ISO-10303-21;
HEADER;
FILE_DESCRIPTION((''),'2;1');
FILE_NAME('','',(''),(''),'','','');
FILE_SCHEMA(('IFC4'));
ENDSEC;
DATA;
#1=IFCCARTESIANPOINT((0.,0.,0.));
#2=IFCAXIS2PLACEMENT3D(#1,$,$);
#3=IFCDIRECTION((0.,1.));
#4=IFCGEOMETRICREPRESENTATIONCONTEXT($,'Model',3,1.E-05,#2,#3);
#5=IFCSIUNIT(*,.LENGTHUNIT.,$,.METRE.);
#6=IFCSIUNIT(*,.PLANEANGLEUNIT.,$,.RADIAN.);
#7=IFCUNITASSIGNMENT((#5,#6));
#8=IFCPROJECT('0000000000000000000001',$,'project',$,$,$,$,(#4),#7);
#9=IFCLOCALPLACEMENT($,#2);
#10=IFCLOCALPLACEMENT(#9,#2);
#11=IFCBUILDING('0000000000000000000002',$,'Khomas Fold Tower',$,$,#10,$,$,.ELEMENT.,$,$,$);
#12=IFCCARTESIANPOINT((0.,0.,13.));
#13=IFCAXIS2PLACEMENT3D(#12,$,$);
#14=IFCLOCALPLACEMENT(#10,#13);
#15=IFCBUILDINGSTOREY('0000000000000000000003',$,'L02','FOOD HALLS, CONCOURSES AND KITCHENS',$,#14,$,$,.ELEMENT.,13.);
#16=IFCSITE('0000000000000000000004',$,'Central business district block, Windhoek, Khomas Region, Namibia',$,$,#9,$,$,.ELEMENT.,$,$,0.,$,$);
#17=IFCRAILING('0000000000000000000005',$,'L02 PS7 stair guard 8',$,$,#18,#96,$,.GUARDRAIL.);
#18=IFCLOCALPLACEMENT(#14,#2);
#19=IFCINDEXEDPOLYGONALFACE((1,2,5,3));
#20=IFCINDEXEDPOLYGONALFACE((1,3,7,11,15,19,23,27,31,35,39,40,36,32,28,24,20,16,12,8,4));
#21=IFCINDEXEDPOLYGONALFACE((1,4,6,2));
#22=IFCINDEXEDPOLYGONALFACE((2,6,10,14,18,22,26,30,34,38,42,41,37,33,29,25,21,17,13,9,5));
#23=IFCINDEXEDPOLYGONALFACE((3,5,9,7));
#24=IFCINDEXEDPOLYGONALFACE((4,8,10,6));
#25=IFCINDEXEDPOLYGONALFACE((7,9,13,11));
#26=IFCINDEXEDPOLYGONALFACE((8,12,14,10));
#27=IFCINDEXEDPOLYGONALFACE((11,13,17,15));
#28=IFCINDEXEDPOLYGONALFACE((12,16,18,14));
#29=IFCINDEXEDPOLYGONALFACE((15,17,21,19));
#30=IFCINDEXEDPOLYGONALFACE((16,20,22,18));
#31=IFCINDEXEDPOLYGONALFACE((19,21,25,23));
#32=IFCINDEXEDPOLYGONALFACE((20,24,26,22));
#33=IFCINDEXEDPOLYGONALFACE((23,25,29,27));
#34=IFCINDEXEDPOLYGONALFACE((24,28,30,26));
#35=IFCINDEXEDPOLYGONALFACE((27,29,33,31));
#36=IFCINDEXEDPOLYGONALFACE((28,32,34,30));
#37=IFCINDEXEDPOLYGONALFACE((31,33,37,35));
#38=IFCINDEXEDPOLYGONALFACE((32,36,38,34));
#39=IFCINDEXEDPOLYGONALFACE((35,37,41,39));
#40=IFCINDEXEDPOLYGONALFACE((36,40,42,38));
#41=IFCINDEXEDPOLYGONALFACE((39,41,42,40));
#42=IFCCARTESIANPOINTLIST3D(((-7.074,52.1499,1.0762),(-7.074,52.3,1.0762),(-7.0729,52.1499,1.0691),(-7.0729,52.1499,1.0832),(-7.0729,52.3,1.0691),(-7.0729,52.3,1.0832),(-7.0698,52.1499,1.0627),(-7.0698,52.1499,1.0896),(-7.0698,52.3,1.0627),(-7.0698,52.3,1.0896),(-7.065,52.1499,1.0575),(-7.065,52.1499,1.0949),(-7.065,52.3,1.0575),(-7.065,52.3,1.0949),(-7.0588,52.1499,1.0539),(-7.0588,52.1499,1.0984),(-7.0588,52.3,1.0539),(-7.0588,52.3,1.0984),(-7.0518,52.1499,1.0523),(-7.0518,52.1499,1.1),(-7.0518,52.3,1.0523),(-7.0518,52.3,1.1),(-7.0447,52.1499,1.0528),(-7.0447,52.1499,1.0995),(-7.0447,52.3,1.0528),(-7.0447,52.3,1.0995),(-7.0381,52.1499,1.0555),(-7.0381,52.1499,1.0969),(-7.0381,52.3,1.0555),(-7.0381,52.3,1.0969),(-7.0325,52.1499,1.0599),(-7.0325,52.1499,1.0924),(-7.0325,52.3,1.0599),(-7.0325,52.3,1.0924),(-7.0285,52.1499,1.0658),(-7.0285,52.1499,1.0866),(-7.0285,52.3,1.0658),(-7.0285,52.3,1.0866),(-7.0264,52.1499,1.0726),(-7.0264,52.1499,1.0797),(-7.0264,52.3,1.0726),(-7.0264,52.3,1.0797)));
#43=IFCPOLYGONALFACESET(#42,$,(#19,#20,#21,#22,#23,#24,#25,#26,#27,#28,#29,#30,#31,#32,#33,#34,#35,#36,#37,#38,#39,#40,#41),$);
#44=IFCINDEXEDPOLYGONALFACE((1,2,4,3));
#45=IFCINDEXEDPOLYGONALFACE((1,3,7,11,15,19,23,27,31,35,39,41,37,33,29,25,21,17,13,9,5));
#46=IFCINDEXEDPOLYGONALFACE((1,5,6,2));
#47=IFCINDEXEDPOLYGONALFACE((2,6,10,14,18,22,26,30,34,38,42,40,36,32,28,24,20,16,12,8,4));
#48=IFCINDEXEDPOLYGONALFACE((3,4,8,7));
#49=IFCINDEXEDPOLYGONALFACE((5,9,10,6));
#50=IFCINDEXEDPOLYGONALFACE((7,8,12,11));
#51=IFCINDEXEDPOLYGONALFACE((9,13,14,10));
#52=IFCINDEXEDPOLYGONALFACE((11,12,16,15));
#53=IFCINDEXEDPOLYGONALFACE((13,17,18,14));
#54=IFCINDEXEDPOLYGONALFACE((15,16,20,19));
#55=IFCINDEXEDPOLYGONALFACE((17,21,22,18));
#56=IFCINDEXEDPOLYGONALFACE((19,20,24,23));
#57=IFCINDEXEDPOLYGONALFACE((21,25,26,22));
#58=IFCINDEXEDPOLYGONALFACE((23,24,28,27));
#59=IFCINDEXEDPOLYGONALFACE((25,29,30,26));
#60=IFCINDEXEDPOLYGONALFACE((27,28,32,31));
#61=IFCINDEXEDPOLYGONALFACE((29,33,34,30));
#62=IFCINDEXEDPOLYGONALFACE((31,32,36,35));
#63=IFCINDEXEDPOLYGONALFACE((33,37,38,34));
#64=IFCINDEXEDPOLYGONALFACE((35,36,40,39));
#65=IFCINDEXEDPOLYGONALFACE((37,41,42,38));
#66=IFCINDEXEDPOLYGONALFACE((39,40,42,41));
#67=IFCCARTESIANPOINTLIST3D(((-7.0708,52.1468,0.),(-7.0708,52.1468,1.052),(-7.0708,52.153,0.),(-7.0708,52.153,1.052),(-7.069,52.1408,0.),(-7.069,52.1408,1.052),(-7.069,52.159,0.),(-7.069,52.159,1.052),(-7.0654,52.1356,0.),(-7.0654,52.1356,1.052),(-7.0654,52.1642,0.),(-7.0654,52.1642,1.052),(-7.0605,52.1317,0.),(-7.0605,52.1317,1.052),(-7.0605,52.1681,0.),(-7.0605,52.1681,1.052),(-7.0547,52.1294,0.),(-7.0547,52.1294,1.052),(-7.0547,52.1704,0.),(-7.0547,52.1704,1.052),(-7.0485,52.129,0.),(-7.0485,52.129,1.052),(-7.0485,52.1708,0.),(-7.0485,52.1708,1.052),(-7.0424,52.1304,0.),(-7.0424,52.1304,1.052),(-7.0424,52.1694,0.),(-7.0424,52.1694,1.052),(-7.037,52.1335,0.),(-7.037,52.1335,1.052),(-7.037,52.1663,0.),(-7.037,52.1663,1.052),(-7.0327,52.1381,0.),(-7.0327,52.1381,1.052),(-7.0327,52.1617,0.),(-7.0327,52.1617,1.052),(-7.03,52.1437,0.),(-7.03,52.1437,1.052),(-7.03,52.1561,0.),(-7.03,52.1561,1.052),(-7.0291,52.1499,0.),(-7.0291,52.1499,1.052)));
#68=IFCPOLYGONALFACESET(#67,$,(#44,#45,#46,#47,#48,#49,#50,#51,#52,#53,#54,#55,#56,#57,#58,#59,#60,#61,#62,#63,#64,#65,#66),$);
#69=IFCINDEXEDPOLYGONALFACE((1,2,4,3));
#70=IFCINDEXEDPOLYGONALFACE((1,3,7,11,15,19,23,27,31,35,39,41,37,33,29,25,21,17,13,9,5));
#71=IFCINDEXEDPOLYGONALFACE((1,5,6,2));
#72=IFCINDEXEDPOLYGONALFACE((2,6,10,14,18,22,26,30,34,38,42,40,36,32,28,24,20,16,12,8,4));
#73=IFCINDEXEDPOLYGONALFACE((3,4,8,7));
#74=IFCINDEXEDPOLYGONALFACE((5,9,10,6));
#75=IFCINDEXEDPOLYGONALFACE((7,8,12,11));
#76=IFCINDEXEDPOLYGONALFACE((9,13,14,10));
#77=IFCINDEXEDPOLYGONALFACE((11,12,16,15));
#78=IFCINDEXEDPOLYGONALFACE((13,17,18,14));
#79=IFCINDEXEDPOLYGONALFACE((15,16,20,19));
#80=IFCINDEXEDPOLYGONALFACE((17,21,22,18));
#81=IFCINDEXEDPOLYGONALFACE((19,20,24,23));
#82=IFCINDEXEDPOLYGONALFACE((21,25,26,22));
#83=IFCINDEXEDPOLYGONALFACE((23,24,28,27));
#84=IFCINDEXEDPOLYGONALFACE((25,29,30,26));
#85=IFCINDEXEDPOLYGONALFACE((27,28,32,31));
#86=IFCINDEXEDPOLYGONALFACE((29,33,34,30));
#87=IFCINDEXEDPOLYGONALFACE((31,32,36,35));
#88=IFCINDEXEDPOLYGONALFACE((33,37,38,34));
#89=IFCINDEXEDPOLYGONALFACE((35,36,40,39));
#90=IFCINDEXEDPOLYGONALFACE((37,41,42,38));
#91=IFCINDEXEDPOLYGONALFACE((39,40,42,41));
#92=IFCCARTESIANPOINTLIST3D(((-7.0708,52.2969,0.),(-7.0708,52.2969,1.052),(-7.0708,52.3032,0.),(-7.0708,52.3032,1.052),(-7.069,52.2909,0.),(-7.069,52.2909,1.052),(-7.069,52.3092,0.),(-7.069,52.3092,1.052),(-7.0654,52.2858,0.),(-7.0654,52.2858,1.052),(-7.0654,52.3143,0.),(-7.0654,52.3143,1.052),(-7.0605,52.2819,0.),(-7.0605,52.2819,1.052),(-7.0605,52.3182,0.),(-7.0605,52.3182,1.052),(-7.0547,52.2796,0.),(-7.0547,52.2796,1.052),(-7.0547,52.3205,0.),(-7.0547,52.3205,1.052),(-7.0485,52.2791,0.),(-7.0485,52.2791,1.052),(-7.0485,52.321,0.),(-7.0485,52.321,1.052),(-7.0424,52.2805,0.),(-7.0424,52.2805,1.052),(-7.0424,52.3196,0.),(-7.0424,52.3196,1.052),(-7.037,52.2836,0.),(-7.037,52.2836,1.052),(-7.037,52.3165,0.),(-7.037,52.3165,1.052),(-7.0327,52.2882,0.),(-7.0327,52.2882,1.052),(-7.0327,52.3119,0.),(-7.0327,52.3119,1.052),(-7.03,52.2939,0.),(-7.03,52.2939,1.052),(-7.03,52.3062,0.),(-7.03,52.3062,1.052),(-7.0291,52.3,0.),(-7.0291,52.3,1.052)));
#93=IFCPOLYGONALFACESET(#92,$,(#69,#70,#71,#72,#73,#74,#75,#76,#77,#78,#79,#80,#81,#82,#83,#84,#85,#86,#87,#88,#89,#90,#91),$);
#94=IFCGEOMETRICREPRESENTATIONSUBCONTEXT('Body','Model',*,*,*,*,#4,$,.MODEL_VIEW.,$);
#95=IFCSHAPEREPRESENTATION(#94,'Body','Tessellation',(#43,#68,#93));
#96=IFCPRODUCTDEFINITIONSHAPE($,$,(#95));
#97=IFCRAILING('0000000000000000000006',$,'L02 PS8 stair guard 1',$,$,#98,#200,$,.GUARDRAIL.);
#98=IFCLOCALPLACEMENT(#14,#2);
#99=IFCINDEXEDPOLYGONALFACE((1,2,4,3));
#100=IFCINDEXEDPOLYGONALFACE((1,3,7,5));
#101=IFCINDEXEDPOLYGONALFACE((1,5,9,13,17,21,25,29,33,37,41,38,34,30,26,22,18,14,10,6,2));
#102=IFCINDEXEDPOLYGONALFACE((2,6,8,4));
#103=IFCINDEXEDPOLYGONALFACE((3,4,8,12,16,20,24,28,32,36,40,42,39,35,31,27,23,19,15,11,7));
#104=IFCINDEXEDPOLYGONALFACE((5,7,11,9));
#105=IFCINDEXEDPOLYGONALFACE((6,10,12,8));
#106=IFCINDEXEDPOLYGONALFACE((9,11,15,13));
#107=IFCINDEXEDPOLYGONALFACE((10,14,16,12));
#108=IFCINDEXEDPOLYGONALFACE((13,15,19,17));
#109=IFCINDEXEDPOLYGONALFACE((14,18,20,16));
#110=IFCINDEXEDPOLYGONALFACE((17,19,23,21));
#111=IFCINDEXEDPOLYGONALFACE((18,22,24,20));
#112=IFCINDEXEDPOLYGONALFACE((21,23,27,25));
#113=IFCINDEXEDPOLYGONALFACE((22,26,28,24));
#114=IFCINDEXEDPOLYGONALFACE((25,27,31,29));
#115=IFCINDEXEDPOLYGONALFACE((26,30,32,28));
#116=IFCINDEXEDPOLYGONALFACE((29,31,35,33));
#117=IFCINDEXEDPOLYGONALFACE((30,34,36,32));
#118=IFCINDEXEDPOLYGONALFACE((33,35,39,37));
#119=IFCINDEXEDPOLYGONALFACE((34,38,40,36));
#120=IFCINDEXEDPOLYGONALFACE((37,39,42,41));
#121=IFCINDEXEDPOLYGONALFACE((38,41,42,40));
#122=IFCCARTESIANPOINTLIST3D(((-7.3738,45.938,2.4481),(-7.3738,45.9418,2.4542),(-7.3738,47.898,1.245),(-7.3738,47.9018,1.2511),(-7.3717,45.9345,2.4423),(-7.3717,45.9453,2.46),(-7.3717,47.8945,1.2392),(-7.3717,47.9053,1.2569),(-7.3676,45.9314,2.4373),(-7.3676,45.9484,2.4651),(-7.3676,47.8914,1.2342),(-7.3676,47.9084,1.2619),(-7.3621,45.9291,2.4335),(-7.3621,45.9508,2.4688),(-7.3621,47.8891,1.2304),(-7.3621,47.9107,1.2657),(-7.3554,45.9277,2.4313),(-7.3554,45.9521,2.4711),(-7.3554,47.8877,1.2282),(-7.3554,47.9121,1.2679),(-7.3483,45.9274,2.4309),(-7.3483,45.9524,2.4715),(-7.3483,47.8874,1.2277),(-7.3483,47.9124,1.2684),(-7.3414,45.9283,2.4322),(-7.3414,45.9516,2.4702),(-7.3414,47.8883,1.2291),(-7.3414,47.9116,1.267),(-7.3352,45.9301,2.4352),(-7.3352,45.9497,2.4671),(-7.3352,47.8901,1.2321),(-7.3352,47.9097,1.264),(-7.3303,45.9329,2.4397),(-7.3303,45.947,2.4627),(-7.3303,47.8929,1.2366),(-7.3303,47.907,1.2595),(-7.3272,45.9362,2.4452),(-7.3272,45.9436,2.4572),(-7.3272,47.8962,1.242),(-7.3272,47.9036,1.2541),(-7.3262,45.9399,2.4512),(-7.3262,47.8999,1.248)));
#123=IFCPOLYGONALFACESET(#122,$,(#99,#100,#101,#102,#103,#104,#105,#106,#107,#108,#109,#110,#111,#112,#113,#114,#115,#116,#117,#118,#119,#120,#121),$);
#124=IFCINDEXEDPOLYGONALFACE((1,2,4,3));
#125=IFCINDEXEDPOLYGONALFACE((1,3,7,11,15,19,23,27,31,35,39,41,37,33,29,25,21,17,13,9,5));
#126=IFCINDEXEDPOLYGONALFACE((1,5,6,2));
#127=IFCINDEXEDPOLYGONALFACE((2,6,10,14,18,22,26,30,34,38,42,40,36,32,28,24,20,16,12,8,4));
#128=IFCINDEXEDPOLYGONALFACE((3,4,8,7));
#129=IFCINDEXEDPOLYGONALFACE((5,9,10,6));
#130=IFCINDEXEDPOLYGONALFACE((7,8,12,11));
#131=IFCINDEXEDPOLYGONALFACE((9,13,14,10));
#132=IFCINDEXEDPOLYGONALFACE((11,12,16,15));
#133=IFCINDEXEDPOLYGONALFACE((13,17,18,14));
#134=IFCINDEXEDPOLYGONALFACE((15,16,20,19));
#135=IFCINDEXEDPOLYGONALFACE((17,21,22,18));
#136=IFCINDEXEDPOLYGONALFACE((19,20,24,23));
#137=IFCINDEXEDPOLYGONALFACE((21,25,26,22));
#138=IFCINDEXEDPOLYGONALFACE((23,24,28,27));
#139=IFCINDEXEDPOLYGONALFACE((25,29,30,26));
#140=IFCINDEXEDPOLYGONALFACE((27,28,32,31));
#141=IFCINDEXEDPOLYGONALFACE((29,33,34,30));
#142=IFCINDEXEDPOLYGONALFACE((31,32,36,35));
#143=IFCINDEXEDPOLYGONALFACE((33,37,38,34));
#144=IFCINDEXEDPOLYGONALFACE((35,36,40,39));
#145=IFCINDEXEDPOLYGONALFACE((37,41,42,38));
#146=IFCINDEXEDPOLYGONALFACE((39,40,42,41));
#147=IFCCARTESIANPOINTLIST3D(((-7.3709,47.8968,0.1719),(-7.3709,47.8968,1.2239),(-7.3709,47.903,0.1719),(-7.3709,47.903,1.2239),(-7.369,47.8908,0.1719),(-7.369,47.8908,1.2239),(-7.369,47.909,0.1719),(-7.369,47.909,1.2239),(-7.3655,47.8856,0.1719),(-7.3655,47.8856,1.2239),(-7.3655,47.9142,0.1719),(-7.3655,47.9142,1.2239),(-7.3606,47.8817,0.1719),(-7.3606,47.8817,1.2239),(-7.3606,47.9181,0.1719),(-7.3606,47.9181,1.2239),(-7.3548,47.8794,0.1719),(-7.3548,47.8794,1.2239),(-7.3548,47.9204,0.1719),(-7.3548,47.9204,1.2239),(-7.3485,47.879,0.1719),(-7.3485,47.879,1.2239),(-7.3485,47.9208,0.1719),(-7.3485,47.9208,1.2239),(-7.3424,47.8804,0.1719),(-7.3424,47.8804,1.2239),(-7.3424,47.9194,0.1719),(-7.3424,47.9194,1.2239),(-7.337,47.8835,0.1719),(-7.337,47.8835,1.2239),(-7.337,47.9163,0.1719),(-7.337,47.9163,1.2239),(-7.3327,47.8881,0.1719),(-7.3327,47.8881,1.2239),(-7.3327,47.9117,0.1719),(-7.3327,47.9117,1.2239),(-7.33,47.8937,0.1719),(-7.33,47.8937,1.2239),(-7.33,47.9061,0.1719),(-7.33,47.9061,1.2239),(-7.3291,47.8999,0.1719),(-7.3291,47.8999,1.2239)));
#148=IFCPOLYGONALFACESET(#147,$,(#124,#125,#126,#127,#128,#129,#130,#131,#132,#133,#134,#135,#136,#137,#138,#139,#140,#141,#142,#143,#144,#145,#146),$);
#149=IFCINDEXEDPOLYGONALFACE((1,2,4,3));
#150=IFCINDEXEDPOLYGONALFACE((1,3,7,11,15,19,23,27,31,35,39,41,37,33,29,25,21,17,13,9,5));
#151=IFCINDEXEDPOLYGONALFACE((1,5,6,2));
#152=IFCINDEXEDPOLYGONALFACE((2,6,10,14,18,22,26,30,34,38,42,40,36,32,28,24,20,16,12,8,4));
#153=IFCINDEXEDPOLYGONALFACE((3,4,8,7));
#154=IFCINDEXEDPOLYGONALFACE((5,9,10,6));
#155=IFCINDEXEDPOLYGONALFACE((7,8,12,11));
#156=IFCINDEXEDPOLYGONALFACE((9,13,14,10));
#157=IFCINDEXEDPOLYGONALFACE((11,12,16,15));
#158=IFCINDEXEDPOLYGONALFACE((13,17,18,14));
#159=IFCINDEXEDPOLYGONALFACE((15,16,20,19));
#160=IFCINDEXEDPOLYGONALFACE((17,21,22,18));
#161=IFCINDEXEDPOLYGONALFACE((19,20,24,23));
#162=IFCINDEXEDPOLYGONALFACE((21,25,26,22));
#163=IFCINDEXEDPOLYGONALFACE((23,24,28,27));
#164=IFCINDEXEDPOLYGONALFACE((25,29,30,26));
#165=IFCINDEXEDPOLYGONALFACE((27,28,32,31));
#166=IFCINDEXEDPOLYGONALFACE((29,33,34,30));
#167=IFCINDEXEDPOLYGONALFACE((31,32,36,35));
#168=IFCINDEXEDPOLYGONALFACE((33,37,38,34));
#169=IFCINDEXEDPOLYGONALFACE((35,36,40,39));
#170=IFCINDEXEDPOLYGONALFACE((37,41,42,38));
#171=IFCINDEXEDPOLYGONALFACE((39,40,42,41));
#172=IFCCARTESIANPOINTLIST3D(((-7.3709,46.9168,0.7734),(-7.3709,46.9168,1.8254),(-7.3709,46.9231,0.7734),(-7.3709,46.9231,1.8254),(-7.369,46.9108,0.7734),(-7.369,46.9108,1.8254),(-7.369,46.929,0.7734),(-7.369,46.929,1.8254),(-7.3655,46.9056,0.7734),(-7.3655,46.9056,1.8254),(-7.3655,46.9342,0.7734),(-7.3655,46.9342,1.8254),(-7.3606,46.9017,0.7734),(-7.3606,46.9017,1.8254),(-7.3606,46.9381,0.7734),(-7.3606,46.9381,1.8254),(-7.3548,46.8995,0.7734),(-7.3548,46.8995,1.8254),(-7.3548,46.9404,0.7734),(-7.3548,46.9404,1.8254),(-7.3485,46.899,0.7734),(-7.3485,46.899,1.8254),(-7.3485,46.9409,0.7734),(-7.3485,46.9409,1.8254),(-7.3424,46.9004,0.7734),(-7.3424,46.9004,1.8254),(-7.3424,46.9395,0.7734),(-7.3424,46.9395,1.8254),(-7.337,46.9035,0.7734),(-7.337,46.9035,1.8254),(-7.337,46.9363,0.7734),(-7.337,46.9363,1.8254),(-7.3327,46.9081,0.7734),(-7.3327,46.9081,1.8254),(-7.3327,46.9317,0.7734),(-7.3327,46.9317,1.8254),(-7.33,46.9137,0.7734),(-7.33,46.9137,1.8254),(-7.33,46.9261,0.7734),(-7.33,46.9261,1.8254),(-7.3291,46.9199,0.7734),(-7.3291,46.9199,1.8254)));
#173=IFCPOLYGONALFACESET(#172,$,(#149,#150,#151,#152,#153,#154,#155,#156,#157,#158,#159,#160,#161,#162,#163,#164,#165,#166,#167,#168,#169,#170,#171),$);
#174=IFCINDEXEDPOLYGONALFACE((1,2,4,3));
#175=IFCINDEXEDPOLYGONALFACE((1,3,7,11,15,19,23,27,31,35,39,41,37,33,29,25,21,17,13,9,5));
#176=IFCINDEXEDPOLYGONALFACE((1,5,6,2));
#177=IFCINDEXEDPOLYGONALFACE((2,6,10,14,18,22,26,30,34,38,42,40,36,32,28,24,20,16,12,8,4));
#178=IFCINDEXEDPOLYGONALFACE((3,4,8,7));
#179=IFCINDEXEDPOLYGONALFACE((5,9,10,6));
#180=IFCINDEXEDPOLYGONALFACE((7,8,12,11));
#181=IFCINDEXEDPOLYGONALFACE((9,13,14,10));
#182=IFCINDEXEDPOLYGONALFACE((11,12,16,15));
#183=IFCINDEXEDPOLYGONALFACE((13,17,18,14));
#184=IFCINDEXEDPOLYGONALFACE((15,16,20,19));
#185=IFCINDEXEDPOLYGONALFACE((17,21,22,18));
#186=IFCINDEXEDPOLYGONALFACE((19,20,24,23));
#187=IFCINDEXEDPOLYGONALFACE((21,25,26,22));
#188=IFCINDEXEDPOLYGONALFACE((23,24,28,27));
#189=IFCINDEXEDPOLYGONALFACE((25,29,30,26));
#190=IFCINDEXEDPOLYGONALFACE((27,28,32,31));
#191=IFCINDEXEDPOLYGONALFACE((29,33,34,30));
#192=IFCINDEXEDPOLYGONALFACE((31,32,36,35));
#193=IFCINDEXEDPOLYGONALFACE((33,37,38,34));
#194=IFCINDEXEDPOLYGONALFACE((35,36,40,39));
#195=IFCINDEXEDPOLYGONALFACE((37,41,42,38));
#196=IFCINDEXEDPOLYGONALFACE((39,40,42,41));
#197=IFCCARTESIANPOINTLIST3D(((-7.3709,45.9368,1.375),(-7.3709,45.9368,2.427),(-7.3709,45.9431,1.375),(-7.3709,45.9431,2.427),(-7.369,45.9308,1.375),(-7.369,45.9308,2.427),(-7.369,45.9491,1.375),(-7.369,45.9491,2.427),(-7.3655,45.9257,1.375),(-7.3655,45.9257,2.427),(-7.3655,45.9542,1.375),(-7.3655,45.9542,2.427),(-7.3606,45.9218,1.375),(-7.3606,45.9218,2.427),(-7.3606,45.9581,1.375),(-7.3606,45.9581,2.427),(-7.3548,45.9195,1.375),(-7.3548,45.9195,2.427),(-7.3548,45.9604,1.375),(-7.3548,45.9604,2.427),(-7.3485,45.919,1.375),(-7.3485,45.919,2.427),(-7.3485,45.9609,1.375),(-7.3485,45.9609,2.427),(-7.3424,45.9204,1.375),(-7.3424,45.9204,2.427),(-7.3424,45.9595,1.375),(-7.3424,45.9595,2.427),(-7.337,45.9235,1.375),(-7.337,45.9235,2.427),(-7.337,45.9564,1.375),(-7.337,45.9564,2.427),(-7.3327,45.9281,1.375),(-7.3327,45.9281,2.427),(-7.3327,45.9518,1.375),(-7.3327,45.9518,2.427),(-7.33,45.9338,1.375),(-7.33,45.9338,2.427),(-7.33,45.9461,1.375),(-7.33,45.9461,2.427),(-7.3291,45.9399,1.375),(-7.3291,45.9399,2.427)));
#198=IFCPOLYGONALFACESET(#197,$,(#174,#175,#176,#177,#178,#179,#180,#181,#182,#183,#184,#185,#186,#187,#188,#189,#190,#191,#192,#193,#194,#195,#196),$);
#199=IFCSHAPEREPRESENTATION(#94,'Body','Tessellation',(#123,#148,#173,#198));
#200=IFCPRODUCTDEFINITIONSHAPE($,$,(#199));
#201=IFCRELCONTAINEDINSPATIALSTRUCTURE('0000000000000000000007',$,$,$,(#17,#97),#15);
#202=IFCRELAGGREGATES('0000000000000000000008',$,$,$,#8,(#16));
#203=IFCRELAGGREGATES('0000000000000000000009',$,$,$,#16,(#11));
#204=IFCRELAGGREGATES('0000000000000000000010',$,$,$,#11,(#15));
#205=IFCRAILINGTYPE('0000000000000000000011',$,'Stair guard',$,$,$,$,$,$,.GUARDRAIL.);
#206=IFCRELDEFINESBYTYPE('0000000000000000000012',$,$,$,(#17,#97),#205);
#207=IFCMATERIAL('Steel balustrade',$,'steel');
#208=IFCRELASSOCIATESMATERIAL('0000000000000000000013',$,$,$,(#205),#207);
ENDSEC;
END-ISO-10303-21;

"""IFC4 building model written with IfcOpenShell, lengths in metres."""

from ifc_helpers import new_model, si_unit, direction, frame, origin, origin_2d, place, context, subcontext, project, spatial, circle, extrude, source, transform, mapped, material, type_object, element, save


model = new_model("IFC4")

# Units and contexts
model_context = context("Model", 3, precision=1e-05, world=origin(), true_north=direction((0.0, 1.0)))
body_context = subcontext(model_context, "Body", "Model", "MODEL_VIEW")
ifc_project = project(units=[si_unit("LENGTHUNIT", "METRE"), si_unit("PLANEANGLEUNIT", "RADIAN")], contexts=[model_context])

# Site, building, storey
site_placement = place(None, origin())
site = spatial("IfcSite", under=ifc_project, at=site_placement, Name="Central business district block, Windhoek, Khomas Region, Namibia", CompositionType="ELEMENT", RefElevation=0.0)
building_placement = place(site_placement, origin())
building = spatial("IfcBuilding", under=site, at=building_placement, Name="Khomas Fold Tower", CompositionType="ELEMENT")
storey_placement = place(building_placement, frame((0.0, 0.0, 13.0)))
storey = spatial("IfcBuildingStorey", under=building, at=storey_placement, Name="L02", Description="FOOD HALLS, CONCOURSES AND KITCHENS", CompositionType="ELEMENT", Elevation=13.0)

# Railings
ifc_material_1 = material(Name="Steel balustrade", Category="steel")
railing_type_1 = type_object("IfcRailingType", Name="Stair guard", PredefinedType="GUARDRAIL", material=ifc_material_1)
shared_shape_1 = source(origin(), body_context, "Body", "SweptSolid", [
    extrude(circle(Radius=0.0239, at=origin_2d()), frame((0.0, 0.0, 1.0762), z_axis=(0.0, 1.0, 0.0), x_axis=(-1.0, 0.0, 0.0)), (0.0, 0.0, 1.0), 0.1501),
    extrude(circle(Radius=0.021, at=origin_2d()), origin(), (0.0, 0.0, 1.0), 1.052),
    extrude(circle(Radius=0.021, at=origin_2d()), frame((0.0, 0.1501, 0.0)), (0.0, 0.0, 1.0), 1.052),
])
for number, where, name in (
    (1, (-7.05, 52.1499, 0.0), "L02 PS7 stair guard 8"),
):
    element("IfcRailing", number, at=place(storey_placement, frame(where)), inside=storey, type_object=railing_type_1, Name=name, PredefinedType="GUARDRAIL", context=body_context, shape_type="MappedRepresentation", body=[
        mapped(shared_shape_1, transform((0.0, 0.0, 0.0))),
    ])
shared_shape_2 = source(origin(), body_context, "Body", "SweptSolid", [
    extrude(circle(Radius=0.0239, at=origin_2d()), frame((0.0, 0.0, 1.0762), z_axis=(0.0, -0.852241, 0.523149), x_axis=(1.0, 0.0, 0.0)), (0.0, 0.0, 1.0), 2.2998),
    extrude(circle(Radius=0.021, at=origin_2d()), origin(), (0.0, 0.0, 1.0), 1.052),
    extrude(circle(Radius=0.021, at=origin_2d()), frame((0.0, -0.98, 0.6016)), (0.0, 0.0, 1.0), 1.052),
    extrude(circle(Radius=0.021, at=origin_2d()), frame((0.0, -1.96, 1.2031)), (0.0, 0.0, 1.0), 1.052),
])
for number, where, name in (
    (2, (-7.3501, 47.8999, 0.1719), "L02 PS8 stair guard 1"),
):
    element("IfcRailing", number, at=place(storey_placement, frame(where)), inside=storey, type_object=railing_type_1, Name=name, PredefinedType="GUARDRAIL", context=body_context, shape_type="MappedRepresentation", body=[
        mapped(shared_shape_2, transform((0.0, 0.0, 0.0))),
    ])

save(model, "model.ifc")
